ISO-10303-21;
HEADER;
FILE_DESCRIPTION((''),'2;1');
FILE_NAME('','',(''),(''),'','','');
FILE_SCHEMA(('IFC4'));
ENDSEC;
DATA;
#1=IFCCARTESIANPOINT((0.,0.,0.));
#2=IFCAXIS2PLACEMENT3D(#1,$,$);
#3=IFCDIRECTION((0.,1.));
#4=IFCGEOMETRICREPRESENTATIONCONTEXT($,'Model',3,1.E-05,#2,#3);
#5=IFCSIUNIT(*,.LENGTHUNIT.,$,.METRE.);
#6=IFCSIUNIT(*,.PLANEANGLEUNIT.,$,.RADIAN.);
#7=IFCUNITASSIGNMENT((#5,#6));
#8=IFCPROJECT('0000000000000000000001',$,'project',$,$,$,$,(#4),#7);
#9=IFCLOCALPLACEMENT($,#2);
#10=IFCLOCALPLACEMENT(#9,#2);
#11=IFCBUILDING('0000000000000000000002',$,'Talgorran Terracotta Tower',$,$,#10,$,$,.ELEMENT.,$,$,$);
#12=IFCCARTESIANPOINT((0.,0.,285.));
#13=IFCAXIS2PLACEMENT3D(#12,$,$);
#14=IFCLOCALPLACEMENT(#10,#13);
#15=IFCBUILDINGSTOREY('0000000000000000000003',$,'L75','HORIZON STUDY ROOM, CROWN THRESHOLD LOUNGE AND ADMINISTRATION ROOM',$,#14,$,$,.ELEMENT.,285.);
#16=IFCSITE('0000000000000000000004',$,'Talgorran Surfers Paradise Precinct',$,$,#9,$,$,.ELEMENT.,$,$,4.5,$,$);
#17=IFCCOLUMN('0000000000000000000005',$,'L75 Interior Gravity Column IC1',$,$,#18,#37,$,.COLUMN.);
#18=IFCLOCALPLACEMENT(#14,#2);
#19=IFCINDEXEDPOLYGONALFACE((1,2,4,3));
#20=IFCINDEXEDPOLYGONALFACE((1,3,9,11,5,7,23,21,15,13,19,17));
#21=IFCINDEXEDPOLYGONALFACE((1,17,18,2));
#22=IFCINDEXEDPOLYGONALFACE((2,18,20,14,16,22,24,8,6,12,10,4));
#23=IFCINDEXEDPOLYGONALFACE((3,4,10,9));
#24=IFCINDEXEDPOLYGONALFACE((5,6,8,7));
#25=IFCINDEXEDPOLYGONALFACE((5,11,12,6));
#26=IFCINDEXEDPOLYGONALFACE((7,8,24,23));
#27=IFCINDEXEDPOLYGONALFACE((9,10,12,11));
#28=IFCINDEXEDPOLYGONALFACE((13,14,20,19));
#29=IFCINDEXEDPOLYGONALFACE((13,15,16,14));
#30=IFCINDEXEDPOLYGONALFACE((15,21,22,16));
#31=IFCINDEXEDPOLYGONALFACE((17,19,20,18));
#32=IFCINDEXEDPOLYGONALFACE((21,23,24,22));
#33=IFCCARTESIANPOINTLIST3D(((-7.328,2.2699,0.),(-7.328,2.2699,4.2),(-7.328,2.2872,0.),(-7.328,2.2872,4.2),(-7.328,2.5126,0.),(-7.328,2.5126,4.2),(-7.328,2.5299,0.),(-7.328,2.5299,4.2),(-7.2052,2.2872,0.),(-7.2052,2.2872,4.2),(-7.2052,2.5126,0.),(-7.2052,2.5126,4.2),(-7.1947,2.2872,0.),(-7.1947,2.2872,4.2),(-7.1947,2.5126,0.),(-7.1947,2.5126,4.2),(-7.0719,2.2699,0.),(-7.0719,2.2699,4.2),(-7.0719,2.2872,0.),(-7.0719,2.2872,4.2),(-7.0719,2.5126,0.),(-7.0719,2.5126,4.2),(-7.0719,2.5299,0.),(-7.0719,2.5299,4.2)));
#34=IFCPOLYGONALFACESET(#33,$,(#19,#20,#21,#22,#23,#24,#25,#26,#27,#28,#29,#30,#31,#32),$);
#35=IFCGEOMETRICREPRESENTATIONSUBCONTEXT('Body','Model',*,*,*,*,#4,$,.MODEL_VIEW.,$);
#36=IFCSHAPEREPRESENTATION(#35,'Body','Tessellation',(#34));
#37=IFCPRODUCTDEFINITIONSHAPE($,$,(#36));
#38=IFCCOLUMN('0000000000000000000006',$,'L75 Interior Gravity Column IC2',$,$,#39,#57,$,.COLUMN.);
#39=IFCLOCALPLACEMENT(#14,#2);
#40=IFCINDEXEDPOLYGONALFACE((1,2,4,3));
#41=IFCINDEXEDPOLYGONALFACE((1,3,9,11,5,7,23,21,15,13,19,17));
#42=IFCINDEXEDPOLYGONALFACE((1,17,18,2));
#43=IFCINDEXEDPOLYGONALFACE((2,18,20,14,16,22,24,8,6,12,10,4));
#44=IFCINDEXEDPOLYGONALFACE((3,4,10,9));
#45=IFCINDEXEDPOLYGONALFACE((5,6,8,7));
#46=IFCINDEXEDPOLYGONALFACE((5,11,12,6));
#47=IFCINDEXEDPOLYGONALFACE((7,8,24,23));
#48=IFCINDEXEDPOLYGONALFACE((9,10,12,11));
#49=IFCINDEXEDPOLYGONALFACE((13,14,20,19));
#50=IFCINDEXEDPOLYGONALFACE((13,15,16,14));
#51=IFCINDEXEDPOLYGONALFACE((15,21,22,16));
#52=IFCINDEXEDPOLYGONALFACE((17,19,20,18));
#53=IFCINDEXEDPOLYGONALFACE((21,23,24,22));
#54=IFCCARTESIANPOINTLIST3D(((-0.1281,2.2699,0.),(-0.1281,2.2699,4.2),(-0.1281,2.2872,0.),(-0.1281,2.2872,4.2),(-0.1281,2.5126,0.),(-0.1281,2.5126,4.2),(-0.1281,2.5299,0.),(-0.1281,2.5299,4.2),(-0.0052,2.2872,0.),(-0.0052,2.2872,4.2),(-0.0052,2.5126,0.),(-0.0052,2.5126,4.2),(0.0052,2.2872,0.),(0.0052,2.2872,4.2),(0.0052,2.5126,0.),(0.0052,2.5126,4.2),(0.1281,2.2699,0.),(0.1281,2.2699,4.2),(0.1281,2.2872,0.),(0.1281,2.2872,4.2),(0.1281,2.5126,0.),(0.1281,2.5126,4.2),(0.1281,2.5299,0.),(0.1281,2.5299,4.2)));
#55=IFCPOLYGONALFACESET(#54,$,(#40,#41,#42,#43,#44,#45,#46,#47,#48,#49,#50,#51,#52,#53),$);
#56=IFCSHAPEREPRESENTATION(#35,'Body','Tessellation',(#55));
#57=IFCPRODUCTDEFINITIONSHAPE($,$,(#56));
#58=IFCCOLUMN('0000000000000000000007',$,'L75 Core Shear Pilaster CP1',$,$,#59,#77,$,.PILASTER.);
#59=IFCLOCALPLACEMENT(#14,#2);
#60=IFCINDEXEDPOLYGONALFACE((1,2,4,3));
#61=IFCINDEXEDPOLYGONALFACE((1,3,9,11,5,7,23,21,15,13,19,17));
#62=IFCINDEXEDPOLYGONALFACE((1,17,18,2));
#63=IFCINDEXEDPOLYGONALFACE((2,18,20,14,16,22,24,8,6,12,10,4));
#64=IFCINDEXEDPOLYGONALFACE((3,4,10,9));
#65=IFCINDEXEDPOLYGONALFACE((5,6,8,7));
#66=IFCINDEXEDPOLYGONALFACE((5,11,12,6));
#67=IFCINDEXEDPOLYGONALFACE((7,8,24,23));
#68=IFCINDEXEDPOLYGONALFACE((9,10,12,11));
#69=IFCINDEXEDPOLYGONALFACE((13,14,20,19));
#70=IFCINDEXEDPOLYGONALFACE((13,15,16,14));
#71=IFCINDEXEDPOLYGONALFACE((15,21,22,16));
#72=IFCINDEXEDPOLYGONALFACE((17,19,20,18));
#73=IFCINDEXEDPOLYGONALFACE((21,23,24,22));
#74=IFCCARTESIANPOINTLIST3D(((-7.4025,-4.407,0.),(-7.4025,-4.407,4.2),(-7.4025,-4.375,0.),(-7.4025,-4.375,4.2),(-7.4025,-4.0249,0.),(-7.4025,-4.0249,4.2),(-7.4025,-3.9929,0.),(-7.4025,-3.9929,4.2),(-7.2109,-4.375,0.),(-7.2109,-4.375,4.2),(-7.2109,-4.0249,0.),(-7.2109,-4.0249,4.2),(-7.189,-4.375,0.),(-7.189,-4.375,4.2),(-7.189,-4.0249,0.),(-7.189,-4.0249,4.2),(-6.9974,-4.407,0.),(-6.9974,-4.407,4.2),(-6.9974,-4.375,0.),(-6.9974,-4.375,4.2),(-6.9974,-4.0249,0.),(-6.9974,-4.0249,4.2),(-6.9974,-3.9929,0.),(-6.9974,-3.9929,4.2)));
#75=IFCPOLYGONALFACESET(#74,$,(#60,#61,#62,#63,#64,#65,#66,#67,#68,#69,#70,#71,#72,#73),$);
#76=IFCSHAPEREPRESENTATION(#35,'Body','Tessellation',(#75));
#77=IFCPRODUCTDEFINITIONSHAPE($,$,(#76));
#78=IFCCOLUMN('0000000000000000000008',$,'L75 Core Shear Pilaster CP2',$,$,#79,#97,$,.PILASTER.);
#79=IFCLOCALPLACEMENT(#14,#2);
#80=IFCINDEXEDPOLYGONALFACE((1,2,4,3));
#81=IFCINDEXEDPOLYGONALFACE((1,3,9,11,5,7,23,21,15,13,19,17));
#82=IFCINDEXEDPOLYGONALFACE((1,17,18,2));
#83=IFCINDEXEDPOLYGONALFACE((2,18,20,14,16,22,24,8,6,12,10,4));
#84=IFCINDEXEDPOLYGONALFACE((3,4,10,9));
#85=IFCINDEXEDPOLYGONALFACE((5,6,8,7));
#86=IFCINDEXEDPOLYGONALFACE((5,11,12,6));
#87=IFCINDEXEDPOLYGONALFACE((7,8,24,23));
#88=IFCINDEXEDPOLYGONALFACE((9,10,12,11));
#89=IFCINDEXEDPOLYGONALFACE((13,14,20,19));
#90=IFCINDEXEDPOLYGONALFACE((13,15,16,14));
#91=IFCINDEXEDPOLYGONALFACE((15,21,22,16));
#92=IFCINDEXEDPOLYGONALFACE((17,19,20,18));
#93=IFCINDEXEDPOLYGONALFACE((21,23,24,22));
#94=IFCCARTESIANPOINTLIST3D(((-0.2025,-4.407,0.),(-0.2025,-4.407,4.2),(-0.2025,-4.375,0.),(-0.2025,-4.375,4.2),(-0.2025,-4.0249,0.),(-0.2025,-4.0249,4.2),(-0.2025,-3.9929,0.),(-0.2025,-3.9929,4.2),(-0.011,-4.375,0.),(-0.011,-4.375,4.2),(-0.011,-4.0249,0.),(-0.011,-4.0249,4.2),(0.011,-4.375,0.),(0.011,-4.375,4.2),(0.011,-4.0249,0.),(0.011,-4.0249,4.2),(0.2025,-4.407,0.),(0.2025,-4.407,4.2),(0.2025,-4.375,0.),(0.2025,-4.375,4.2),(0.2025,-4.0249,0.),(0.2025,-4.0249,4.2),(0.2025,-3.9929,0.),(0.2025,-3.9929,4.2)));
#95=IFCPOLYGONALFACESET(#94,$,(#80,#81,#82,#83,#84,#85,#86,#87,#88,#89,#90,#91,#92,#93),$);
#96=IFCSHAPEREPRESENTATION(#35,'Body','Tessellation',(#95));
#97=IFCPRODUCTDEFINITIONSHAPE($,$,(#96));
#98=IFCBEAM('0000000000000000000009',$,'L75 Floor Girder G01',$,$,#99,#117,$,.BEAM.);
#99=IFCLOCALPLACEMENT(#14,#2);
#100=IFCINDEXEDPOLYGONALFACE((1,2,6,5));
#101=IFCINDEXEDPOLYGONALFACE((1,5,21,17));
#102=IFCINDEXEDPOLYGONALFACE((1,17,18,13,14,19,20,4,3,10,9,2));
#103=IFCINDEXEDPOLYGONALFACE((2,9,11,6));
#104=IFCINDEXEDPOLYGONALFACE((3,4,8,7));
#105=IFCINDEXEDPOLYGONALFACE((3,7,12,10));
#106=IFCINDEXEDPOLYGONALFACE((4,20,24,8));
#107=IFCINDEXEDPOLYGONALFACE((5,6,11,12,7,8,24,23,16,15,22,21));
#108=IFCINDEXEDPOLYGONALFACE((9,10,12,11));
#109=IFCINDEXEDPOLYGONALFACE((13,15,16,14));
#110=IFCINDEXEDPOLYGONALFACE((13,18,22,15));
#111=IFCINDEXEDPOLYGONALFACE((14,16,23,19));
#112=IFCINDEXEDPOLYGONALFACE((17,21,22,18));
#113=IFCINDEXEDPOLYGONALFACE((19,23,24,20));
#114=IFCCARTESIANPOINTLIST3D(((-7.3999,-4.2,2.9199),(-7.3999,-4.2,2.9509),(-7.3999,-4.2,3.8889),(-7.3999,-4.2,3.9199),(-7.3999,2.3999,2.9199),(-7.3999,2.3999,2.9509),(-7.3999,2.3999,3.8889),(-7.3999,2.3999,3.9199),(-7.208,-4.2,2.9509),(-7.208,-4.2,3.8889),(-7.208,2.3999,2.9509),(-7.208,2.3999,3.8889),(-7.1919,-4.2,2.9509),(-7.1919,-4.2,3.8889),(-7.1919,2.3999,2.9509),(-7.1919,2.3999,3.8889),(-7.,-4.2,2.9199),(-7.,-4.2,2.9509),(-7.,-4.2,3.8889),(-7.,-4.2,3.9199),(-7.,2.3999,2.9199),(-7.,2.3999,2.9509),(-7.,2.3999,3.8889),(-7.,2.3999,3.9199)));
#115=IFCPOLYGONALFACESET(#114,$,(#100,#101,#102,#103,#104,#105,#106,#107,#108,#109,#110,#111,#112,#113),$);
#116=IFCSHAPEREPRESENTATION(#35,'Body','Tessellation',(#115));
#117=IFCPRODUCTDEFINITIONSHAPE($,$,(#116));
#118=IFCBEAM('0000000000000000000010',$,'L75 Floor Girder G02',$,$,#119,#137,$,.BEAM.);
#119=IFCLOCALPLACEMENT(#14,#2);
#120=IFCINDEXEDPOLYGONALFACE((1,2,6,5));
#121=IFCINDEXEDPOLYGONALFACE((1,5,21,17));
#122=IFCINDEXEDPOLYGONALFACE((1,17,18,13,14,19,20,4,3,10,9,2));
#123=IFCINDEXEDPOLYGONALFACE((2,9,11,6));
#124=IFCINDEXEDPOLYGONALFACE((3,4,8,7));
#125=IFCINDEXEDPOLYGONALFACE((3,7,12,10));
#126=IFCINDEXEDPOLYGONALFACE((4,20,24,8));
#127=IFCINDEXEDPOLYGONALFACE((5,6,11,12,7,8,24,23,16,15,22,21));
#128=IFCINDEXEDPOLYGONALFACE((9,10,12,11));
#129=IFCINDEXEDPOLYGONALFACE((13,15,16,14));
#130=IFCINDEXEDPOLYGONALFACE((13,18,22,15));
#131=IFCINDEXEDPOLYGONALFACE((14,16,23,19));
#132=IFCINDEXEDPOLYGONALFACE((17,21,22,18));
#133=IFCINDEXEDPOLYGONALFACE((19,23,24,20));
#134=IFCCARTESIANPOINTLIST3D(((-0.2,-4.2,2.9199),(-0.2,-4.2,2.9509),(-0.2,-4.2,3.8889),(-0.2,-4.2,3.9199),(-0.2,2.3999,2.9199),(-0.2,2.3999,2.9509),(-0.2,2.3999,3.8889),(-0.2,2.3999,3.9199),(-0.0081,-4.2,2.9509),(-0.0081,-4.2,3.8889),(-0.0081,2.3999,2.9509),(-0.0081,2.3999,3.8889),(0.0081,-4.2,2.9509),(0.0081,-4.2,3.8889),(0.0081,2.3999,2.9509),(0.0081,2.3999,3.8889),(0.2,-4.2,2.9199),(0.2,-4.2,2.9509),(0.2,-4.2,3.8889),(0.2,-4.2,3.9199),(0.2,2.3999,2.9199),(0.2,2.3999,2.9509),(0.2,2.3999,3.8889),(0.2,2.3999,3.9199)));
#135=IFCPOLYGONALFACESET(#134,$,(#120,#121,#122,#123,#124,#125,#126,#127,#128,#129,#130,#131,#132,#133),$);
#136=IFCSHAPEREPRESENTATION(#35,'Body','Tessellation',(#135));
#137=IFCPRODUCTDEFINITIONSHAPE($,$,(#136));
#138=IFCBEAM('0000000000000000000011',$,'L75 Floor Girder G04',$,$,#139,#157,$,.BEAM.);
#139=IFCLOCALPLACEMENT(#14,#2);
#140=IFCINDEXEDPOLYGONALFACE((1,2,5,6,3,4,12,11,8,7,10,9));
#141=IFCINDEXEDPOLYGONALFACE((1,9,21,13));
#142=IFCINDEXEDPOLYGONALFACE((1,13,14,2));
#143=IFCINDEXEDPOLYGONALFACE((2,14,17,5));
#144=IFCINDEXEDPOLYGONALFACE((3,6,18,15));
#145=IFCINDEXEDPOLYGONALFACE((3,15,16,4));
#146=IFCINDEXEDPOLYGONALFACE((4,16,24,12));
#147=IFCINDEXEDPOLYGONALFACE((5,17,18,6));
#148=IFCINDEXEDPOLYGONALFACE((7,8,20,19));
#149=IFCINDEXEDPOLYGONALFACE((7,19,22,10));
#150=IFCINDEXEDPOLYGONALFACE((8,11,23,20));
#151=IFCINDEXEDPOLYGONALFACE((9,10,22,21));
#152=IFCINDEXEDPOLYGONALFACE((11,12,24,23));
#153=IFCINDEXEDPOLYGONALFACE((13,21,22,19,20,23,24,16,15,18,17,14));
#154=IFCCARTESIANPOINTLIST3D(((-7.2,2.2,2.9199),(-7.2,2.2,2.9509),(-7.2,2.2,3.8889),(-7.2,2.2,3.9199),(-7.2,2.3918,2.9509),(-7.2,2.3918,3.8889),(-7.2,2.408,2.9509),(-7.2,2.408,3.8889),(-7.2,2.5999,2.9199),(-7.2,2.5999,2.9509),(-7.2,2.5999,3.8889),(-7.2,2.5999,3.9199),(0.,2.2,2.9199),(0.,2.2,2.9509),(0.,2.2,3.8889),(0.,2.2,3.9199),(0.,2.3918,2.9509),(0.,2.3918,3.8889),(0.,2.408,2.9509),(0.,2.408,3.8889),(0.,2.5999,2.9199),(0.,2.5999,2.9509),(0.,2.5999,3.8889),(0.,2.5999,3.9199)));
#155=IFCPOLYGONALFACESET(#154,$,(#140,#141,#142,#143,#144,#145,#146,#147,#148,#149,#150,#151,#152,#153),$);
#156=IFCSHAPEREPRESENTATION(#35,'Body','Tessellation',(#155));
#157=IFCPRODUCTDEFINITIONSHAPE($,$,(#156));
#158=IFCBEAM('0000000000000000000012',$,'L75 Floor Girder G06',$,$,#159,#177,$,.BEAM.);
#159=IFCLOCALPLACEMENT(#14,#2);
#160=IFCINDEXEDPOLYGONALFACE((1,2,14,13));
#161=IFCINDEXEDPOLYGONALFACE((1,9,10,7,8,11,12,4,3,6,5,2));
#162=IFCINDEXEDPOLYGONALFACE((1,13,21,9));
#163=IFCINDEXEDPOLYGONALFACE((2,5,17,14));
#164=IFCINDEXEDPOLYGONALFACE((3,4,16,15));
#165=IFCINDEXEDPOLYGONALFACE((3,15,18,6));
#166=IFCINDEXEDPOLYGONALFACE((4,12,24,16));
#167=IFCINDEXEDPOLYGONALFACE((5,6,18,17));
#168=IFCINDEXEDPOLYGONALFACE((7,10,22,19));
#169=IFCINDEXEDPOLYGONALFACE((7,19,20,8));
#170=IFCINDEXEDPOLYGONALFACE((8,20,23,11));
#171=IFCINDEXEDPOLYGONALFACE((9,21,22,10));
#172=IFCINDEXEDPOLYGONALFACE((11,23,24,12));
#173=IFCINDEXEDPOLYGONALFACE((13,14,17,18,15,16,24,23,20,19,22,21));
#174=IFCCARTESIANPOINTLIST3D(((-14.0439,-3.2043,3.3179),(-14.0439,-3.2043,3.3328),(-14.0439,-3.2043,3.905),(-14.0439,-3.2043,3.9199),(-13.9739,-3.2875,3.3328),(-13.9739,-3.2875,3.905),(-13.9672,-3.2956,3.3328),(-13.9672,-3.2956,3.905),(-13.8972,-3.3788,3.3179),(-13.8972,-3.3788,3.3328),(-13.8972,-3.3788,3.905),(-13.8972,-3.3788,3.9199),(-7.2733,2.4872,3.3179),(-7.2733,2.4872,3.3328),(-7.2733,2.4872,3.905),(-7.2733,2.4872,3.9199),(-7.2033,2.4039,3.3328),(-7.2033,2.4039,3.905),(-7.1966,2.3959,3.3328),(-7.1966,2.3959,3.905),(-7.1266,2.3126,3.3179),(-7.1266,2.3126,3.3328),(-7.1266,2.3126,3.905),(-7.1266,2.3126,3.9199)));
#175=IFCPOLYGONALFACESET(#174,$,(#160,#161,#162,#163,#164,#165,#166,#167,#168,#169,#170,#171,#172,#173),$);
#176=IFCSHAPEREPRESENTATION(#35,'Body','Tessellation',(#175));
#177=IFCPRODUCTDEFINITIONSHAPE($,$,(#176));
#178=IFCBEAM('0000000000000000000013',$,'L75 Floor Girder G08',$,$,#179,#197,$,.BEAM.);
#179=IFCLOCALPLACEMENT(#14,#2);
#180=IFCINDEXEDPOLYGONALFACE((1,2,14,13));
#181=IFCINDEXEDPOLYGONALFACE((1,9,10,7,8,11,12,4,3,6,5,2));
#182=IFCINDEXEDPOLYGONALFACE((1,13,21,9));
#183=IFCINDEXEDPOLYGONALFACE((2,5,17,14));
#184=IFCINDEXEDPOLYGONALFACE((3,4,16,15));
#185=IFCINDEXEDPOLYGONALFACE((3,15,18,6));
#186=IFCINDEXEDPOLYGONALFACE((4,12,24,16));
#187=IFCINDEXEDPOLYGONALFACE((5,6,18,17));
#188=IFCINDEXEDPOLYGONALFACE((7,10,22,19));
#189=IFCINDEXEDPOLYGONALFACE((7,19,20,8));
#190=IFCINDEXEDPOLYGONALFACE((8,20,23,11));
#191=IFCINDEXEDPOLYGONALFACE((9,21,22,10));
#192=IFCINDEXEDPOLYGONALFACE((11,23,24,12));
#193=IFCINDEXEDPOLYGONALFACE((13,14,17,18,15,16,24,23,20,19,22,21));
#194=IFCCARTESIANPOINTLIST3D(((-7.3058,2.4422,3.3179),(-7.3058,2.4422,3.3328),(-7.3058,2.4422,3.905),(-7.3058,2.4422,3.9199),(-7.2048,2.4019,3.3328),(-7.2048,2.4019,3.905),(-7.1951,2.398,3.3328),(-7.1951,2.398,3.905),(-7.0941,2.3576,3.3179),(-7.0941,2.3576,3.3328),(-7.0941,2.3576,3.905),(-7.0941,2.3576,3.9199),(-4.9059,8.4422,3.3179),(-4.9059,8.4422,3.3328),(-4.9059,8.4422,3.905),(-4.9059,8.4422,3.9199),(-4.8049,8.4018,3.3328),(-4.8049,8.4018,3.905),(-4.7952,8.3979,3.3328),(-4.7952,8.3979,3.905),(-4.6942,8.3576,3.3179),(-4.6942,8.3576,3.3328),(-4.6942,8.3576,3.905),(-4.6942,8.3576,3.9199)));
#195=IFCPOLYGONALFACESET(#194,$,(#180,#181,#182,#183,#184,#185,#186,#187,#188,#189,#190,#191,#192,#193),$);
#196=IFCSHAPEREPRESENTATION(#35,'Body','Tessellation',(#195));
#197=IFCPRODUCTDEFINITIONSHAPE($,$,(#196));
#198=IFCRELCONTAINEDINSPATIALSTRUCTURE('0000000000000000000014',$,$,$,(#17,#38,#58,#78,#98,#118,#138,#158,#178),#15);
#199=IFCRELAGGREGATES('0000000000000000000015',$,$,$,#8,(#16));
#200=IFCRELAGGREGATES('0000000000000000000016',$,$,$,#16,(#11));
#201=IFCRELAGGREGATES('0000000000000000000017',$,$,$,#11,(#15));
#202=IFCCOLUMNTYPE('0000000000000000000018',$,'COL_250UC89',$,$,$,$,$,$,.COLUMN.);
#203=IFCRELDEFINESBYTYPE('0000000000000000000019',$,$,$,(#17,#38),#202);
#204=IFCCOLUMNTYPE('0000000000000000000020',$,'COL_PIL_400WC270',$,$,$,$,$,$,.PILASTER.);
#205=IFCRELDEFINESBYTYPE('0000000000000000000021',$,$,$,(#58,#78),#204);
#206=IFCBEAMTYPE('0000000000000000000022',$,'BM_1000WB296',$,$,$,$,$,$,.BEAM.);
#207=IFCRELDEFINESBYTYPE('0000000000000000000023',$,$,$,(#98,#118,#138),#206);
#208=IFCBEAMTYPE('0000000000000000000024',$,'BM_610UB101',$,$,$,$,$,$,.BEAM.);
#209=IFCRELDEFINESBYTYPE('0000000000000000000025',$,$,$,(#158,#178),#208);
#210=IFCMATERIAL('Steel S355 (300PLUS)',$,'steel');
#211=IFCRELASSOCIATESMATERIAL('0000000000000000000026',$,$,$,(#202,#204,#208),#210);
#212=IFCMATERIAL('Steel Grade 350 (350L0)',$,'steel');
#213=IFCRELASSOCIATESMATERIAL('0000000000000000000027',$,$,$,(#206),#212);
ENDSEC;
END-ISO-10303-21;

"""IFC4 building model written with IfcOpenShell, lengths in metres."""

from ifc_helpers import new_model, si_unit, direction, frame, origin, origin_2d, place, context, subcontext, project, spatial, i_section, extrude, material, material_profile, profile_set, type_object, element, save


model = new_model("IFC4")

# Units and contexts
model_context = context("Model", 3, precision=1e-05, world=origin(), true_north=direction((0.0, 1.0)))
body_context = subcontext(model_context, "Body", "Model", "MODEL_VIEW")
ifc_project = project(units=[si_unit("LENGTHUNIT", "METRE"), si_unit("PLANEANGLEUNIT", "RADIAN")], contexts=[model_context])

# Site, building, storey
site_placement = place(None, origin())
site = spatial("IfcSite", under=ifc_project, at=site_placement, Name="Talgorran Surfers Paradise Precinct", CompositionType="ELEMENT", RefElevation=4.5)
building_placement = place(site_placement, origin())
building = spatial("IfcBuilding", under=site, at=building_placement, Name="Talgorran Terracotta Tower", CompositionType="ELEMENT")
storey_placement = place(building_placement, frame((0.0, 0.0, 285.0)))
storey = spatial("IfcBuildingStorey", under=building, at=storey_placement, Name="L75", Description="HORIZON STUDY ROOM, CROWN THRESHOLD LOUNGE AND ADMINISTRATION ROOM", CompositionType="ELEMENT", Elevation=285.0)

# Columns
ifc_material_1 = material(Name="Steel S355 (300PLUS)", Category="steel")
ifc_material_profile_1 = material_profile(ifc_material_1, i_section(OverallWidth=0.2561, OverallDepth=0.26, WebThickness=0.0105, FlangeThickness=0.0173, at=origin_2d()), Name="250UC89.5")
ifc_profile_set_1 = profile_set([ifc_material_profile_1], Name="Steel S355 (300PLUS)")
column_type_1 = type_object("IfcColumnType", Name="COL_250UC89", PredefinedType="COLUMN", material=ifc_profile_set_1)
for number, where, z_axis, x_axis, name in (
    (1, (-7.2, 2.3999, 0.0), (0.0, 0.0, 1.0), (1.0, 0.0, 0.0), "L75 Interior Gravity Column IC1"),
    (2, (0.0, 2.3999, 0.0), (0.0, 0.0, 1.0), (1.0, 0.0, 0.0), "L75 Interior Gravity Column IC2"),
):
    element("IfcColumn", number, at=place(storey_placement, frame(where, z_axis=z_axis, x_axis=x_axis)), inside=storey, type_object=column_type_1, Name=name, PredefinedType="COLUMN", context=body_context, shape_type="SweptSolid", body=[
        extrude(i_section(OverallWidth=0.2561, OverallDepth=0.26, WebThickness=0.0105, FlangeThickness=0.0173, at=origin_2d()), origin(), (0.0, 0.0, 1.0), 4.2),
    ])
ifc_material_profile_2 = material_profile(ifc_material_1, i_section(OverallWidth=0.405, OverallDepth=0.4141, WebThickness=0.022, FlangeThickness=0.032, at=origin_2d()), Name="400WC270")
ifc_profile_set_2 = profile_set([ifc_material_profile_2], Name="Steel S355 (300PLUS)")
column_type_2 = type_object("IfcColumnType", Name="COL_PIL_400WC270", PredefinedType="PILASTER", material=ifc_profile_set_2)
for number, where, z_axis, x_axis, name in (
    (3, (-7.2, -4.2, 0.0), (0.0, 0.0, 1.0), (1.0, 0.0, 0.0), "L75 Core Shear Pilaster CP1"),
    (4, (0.0, -4.2, 0.0), (0.0, 0.0, 1.0), (1.0, 0.0, 0.0), "L75 Core Shear Pilaster CP2"),
):
    element("IfcColumn", number, at=place(storey_placement, frame(where, z_axis=z_axis, x_axis=x_axis)), inside=storey, type_object=column_type_2, Name=name, PredefinedType="PILASTER", context=body_context, shape_type="SweptSolid", body=[
        extrude(i_section(OverallWidth=0.405, OverallDepth=0.4141, WebThickness=0.022, FlangeThickness=0.032, at=origin_2d()), origin(), (0.0, 0.0, 1.0), 4.2),
    ])

# Beams
ifc_material_2 = material(Name="Steel Grade 350 (350L0)", Category="steel")
ifc_material_profile_3 = material_profile(ifc_material_2, i_section(OverallWidth=0.3999, OverallDepth=1.0, WebThickness=0.0161, FlangeThickness=0.031, at=origin_2d()), Name="1000WB296")
ifc_profile_set_3 = profile_set([ifc_material_profile_3], Name="Steel Grade 350 (350L0)")
beam_type_1 = type_object("IfcBeamType", Name="BM_1000WB296", PredefinedType="BEAM", material=ifc_profile_set_3)
for number, where, z_axis, x_axis, name in (
    (5, (-7.2, -4.2, 3.4199), (0.0, 1.0, 0.0), (-1.0, 0.0, 0.0), "L75 Floor Girder G01"),
    (6, (0.0, -4.2, 3.4199), (0.0, 1.0, 0.0), (-1.0, 0.0, 0.0), "L75 Floor Girder G02"),
):
    element("IfcBeam", number, at=place(storey_placement, frame(where, z_axis=z_axis, x_axis=x_axis)), inside=storey, type_object=beam_type_1, Name=name, PredefinedType="BEAM", context=body_context, shape_type="SweptSolid", body=[
        extrude(i_section(OverallWidth=0.3999, OverallDepth=1.0, WebThickness=0.0161, FlangeThickness=0.031, at=origin_2d()), origin(), (0.0, 0.0, 1.0), 6.5999),
    ])
beam_1_placement = place(storey_placement, frame((-7.2, 2.3999, 3.4199), z_axis=(1.0, 0.0, 0.0), x_axis=(0.0, 1.0, 0.0)))
element("IfcBeam", 7, at=beam_1_placement, inside=storey, type_object=beam_type_1, Name="L75 Floor Girder G04", PredefinedType="BEAM", context=body_context, shape_type="SweptSolid", body=[
    extrude(i_section(OverallWidth=0.3999, OverallDepth=1.0, WebThickness=0.0161, FlangeThickness=0.031, at=origin_2d()), origin(), (0.0, 0.0, 1.0), 7.2),
])
ifc_material_profile_4 = material_profile(ifc_material_1, i_section(OverallWidth=0.228, OverallDepth=0.6021, WebThickness=0.0105, FlangeThickness=0.0149, at=origin_2d()), Name="610UB101")
ifc_profile_set_4 = profile_set([ifc_material_profile_4], Name="Steel S355 (300PLUS)")
beam_type_2 = type_object("IfcBeamType", Name="BM_610UB101", PredefinedType="BEAM", material=ifc_profile_set_4)
beam_2_placement = place(storey_placement, frame((-7.2, 2.3999, 3.6189), z_axis=(-0.765472, -0.643469, 0.0), x_axis=(0.643469, -0.765472, 0.0)))
element("IfcBeam", 8, at=beam_2_placement, inside=storey, type_object=beam_type_2, Name="L75 Floor Girder G06", PredefinedType="BEAM", context=body_context, shape_type="SweptSolid", body=[
    extrude(i_section(OverallWidth=0.228, OverallDepth=0.6021, WebThickness=0.0105, FlangeThickness=0.0149, at=origin_2d()), origin(), (0.0, 0.0, 1.0), 8.845),
])
beam_3_placement = place(storey_placement, frame((-7.2, 2.3999, 3.6189), z_axis=(0.371378, 0.928482, 0.0), x_axis=(-0.928482, 0.371378, 0.0)))
element("IfcBeam", 9, at=beam_3_placement, inside=storey, type_object=beam_type_2, Name="L75 Floor Girder G08", PredefinedType="BEAM", context=body_context, shape_type="SweptSolid", body=[
    extrude(i_section(OverallWidth=0.228, OverallDepth=0.6021, WebThickness=0.0105, FlangeThickness=0.0149, at=origin_2d()), origin(), (0.0, 0.0, 1.0), 6.4622),
])

save(model, "model.ifc")
